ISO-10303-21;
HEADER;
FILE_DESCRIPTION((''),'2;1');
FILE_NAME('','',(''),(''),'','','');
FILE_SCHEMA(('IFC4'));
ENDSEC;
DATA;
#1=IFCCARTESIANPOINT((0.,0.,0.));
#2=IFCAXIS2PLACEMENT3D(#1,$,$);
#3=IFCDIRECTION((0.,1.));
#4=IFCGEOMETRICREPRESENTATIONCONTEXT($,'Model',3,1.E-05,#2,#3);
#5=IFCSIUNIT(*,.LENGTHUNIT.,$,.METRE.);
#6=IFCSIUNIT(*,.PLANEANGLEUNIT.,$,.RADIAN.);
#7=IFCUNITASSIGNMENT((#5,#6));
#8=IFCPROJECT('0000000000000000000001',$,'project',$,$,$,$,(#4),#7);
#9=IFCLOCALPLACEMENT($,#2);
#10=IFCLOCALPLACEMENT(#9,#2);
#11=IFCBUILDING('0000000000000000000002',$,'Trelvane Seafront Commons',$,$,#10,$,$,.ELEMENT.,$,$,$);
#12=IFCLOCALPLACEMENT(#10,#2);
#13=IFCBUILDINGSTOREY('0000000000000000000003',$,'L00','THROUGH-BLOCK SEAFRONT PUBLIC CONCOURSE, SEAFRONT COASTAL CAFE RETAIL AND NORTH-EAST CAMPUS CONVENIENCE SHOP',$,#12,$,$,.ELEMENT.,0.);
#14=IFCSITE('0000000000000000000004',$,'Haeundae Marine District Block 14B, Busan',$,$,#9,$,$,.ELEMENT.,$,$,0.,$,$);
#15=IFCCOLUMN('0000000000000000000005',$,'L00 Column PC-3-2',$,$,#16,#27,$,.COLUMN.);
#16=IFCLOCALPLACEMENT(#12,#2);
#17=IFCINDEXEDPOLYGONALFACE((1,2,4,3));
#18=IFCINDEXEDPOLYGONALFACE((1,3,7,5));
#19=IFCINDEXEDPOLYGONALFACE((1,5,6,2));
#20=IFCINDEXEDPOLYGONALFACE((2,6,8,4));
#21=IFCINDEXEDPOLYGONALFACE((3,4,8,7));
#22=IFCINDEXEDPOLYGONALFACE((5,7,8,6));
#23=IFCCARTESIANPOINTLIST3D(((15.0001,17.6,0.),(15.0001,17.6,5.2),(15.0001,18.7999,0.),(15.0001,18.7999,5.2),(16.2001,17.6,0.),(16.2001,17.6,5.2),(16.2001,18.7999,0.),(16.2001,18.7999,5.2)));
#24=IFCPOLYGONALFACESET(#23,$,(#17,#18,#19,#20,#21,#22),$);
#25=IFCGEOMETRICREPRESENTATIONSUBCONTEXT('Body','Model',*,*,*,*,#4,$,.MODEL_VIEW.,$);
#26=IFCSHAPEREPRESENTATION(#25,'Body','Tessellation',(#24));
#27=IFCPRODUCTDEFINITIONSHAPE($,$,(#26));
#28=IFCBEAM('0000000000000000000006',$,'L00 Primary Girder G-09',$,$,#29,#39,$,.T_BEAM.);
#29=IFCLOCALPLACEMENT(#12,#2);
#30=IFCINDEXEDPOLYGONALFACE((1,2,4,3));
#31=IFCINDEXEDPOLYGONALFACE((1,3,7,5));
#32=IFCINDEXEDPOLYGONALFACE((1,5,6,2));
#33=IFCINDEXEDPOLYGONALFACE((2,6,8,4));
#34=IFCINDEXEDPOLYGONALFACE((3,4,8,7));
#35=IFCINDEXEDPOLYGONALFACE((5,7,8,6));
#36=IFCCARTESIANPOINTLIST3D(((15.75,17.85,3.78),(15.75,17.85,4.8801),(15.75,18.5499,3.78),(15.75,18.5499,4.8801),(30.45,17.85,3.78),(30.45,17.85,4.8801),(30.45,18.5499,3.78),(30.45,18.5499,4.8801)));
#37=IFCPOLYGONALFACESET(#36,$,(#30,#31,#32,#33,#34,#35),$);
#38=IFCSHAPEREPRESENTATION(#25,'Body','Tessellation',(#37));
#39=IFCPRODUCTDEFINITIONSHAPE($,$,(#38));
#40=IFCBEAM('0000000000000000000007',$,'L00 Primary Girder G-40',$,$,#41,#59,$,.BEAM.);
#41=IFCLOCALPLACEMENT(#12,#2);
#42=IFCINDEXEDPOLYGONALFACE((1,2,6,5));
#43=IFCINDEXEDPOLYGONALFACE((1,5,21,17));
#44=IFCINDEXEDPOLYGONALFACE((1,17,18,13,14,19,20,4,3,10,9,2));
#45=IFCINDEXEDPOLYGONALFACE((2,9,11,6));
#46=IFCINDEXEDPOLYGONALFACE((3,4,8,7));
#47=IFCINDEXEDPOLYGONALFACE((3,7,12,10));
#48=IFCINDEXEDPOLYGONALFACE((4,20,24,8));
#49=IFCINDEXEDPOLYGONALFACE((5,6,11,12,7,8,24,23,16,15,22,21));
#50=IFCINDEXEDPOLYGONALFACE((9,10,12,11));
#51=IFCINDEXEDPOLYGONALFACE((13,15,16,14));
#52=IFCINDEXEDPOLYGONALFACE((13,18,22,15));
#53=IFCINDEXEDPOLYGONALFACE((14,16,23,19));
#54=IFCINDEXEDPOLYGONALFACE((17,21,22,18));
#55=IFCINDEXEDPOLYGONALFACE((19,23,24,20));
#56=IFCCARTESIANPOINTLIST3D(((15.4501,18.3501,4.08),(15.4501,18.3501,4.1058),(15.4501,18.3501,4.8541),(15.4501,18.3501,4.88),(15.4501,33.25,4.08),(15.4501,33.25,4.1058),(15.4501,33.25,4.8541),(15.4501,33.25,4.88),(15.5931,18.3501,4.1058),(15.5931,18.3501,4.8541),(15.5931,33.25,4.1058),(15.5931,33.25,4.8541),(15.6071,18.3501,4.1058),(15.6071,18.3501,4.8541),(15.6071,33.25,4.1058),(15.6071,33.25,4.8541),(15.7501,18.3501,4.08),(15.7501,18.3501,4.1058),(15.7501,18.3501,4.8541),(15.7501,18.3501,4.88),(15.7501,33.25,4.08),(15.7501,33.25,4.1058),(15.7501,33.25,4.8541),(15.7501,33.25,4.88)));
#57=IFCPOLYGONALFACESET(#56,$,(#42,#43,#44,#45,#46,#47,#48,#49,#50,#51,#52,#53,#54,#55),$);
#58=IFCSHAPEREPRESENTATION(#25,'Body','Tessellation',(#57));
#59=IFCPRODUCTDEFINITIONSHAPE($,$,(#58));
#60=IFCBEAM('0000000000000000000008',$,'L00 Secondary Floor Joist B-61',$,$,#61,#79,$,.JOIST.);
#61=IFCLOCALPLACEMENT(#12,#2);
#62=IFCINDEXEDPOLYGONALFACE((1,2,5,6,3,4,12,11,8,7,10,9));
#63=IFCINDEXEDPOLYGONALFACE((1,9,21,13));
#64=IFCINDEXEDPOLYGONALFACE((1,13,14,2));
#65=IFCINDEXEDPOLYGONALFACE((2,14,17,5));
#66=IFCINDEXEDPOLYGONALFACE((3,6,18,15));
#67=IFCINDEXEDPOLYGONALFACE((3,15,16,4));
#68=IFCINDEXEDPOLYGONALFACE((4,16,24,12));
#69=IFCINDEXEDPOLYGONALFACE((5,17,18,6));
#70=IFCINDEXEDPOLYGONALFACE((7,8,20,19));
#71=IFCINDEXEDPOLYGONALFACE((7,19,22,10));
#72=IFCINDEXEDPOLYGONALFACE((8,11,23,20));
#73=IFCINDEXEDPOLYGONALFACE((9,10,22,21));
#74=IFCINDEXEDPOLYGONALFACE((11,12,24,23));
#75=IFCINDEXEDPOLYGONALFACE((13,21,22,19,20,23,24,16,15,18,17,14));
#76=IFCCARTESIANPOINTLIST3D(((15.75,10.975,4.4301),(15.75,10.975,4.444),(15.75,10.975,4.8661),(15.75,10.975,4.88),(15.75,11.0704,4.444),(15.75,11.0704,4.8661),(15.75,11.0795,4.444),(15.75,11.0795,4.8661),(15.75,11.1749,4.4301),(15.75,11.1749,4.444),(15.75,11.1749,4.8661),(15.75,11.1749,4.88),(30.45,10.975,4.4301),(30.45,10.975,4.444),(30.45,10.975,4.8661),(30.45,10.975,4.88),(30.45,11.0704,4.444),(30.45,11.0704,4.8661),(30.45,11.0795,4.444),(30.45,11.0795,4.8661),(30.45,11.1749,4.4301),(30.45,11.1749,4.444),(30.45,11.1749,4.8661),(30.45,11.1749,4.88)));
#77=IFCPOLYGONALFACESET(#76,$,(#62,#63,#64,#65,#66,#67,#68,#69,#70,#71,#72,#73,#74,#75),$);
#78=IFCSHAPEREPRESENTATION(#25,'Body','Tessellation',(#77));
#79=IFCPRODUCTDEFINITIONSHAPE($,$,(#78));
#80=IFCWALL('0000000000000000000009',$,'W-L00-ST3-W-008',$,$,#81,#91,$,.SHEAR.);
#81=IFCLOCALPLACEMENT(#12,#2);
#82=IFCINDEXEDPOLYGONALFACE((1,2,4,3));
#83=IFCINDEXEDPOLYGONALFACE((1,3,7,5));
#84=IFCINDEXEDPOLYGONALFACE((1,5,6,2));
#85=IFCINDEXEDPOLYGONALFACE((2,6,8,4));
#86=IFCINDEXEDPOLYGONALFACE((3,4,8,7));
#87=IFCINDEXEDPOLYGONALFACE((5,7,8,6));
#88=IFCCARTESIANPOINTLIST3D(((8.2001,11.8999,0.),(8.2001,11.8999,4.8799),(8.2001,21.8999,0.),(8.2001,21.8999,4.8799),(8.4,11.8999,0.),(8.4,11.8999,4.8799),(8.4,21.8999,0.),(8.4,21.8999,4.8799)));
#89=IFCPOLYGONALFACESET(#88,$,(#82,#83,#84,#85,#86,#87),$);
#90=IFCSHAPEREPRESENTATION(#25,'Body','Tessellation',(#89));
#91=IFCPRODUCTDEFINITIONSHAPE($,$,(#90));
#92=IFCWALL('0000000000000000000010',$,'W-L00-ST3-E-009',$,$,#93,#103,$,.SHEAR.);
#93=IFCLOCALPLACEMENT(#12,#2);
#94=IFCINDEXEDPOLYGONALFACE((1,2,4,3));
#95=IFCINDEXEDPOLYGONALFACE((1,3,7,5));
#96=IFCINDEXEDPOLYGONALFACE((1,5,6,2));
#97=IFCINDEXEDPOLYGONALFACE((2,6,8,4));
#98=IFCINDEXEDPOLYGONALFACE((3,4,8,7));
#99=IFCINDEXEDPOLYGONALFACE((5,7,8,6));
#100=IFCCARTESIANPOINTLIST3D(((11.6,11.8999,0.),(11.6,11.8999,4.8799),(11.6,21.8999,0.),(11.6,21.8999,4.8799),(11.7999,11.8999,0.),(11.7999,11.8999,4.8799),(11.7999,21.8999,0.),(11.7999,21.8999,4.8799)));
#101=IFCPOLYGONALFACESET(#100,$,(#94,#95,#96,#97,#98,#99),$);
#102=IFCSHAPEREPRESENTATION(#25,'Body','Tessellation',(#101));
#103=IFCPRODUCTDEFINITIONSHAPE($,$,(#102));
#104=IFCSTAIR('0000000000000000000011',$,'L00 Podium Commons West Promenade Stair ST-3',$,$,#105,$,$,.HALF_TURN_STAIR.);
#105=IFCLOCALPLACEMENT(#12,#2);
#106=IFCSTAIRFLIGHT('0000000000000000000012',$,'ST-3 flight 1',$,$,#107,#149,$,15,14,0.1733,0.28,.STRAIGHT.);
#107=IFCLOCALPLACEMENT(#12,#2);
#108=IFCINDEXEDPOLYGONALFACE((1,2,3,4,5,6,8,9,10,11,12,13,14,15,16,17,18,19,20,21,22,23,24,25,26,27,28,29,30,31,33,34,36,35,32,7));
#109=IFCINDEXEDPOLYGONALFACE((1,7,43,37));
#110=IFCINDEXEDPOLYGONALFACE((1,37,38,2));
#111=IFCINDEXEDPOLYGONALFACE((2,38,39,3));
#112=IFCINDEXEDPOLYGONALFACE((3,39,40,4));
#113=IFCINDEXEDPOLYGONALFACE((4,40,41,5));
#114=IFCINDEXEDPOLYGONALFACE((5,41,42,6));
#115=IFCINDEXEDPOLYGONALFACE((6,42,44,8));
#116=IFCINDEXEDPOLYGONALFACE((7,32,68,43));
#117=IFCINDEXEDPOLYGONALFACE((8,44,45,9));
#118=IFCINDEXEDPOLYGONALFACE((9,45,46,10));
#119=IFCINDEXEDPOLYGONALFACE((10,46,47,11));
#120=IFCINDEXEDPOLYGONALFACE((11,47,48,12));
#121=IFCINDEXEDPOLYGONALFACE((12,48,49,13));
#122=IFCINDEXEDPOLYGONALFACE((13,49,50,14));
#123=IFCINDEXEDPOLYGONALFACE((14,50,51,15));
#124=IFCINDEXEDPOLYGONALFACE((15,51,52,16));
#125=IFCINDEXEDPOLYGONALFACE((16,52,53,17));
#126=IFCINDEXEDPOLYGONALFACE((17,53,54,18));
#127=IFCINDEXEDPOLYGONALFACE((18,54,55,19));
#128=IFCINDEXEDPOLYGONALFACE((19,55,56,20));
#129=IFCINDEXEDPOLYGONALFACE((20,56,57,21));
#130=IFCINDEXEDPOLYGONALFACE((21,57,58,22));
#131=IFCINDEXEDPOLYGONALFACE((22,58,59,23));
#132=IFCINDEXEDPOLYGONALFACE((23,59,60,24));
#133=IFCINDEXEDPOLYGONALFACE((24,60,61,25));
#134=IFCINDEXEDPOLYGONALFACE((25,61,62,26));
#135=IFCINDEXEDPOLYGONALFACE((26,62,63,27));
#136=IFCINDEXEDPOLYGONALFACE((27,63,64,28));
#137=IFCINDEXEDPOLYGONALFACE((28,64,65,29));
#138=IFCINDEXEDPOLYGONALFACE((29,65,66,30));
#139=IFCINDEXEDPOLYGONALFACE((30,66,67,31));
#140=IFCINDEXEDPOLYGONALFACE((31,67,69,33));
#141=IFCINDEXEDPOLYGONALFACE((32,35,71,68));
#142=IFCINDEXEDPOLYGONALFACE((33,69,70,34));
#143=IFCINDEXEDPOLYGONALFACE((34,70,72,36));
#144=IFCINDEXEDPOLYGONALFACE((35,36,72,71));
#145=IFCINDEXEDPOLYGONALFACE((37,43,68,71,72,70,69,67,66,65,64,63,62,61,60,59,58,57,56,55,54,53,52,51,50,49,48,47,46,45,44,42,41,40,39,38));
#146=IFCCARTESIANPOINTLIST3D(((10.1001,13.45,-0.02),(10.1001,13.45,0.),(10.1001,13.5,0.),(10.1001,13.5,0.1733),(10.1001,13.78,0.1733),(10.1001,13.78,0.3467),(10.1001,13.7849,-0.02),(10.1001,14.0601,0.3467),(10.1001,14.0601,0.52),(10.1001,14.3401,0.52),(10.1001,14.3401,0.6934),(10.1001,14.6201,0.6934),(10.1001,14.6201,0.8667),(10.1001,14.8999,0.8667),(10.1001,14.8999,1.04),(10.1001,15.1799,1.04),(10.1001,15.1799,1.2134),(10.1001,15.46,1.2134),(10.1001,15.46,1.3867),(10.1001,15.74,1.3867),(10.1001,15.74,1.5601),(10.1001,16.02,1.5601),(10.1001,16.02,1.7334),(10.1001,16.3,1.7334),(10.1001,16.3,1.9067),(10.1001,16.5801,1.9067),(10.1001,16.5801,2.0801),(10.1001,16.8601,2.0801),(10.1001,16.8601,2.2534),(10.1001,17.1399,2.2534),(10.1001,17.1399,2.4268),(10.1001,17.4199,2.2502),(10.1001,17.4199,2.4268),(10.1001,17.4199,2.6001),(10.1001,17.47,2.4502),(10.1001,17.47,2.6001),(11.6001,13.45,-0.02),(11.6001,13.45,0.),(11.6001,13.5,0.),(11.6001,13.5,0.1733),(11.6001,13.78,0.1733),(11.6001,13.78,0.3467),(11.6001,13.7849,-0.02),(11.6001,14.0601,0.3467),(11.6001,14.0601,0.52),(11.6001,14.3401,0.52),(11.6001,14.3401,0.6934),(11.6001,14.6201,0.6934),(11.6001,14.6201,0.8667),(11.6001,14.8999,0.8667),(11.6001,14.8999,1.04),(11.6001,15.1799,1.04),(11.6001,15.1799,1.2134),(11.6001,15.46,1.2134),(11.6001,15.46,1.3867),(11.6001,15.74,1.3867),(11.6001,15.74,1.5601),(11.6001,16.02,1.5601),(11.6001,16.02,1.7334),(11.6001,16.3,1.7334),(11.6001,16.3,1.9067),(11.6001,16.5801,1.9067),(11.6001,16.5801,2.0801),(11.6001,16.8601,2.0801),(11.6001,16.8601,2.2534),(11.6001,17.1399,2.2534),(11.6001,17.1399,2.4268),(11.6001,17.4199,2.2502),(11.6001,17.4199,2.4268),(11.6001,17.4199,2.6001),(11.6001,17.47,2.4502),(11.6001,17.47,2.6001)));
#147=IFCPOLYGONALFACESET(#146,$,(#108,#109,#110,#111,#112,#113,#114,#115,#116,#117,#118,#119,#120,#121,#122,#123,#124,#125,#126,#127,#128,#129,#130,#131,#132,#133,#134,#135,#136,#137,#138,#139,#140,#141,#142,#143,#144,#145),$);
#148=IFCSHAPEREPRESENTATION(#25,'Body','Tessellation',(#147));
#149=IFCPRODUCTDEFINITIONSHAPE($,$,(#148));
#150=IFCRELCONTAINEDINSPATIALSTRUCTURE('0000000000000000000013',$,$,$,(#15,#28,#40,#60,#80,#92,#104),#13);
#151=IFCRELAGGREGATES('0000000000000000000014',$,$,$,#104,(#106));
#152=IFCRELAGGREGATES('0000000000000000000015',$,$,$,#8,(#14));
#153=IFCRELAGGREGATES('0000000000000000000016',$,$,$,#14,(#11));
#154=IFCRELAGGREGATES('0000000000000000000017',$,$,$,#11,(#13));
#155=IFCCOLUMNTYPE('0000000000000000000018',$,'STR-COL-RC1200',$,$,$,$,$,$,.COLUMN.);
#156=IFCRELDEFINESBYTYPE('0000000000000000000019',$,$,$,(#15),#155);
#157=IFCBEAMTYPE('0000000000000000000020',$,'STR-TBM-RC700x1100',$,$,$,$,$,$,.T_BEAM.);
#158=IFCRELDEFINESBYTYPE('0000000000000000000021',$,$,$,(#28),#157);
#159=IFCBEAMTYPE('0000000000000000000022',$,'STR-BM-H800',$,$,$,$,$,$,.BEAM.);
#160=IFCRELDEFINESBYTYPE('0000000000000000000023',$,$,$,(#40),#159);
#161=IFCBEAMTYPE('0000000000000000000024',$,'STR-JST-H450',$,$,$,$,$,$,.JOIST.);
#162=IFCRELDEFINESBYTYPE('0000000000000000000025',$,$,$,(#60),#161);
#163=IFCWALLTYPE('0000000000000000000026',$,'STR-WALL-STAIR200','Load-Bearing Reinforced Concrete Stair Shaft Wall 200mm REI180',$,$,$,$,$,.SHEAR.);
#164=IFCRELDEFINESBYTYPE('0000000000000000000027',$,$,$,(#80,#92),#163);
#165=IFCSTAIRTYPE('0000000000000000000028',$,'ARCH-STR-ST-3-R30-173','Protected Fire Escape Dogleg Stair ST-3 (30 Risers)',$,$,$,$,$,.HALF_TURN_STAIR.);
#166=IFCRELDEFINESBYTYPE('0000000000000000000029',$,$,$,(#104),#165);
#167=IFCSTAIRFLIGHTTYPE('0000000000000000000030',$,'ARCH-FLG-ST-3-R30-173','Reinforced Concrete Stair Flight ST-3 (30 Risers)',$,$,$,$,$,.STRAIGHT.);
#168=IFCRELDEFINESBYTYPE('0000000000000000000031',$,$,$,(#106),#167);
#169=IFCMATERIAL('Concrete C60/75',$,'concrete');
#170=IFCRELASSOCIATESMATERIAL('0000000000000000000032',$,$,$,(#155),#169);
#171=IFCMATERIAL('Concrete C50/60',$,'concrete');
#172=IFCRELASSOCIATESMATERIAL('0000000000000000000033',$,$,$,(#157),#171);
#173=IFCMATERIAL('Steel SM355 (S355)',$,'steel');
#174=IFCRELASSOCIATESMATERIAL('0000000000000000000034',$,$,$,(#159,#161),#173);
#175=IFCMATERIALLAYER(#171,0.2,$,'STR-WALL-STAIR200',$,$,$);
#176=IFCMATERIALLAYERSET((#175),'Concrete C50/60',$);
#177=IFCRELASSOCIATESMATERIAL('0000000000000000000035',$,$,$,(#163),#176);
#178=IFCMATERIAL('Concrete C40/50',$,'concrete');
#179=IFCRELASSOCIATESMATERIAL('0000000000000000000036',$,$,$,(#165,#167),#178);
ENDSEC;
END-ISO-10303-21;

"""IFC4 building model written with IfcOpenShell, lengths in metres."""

from ifc_helpers import new_model, si_unit, direction, frame, frame_2d, origin, origin_2d, place, context, subcontext, project, spatial, polyline, rectangle, i_section, outline, extrude, source, transform, mapped, material, layer, layer_set, material_profile, profile_set, type_object, element, aggregate, save


model = new_model("IFC4")

# Units and contexts
model_context = context("Model", 3, precision=1e-05, world=origin(), true_north=direction((0.0, 1.0)))
body_context = subcontext(model_context, "Body", "Model", "MODEL_VIEW")
ifc_project = project(units=[si_unit("LENGTHUNIT", "METRE"), si_unit("PLANEANGLEUNIT", "RADIAN")], contexts=[model_context])

# Site, building, storey
site_placement = place(None, origin())
site = spatial("IfcSite", under=ifc_project, at=site_placement, Name="Haeundae Marine District Block 14B, Busan", CompositionType="ELEMENT", RefElevation=0.0)
building_placement = place(site_placement, origin())
building = spatial("IfcBuilding", under=site, at=building_placement, Name="Trelvane Seafront Commons", CompositionType="ELEMENT")
storey_placement = place(building_placement, origin())
storey = spatial("IfcBuildingStorey", under=building, at=storey_placement, Name="L00", Description="THROUGH-BLOCK SEAFRONT PUBLIC CONCOURSE, SEAFRONT COASTAL CAFE RETAIL AND NORTH-EAST CAMPUS CONVENIENCE SHOP", CompositionType="ELEMENT", Elevation=0.0)

# Column
ifc_material_1 = material(Name="Concrete C60/75", Category="concrete")
ifc_material_profile_1 = material_profile(ifc_material_1, rectangle(XDim=1.2, YDim=1.2, at=origin_2d()), Name="RC-1200x1200")
ifc_profile_set_1 = profile_set([ifc_material_profile_1], Name="Concrete C60/75")
column_type = type_object("IfcColumnType", Name="STR-COL-RC1200", PredefinedType="COLUMN", material=ifc_profile_set_1)
shared_shape_1 = source(origin(), body_context, "Body", "SweptSolid", [
    extrude(rectangle(XDim=1.2, YDim=1.2, at=origin_2d()), origin(), (0.0, 0.0, 1.0), 5.2),
])
column_placement = place(storey_placement, frame((15.6001, 18.2, 0.0), z_axis=(0.0, 0.0, 1.0), x_axis=(1.0, 0.0, 0.0)))
element("IfcColumn", 1, at=column_placement, inside=storey, type_object=column_type, Name="L00 Column PC-3-2", PredefinedType="COLUMN", context=body_context, shape_type="MappedRepresentation", body=[
    mapped(shared_shape_1, transform((0.0, 0.0, 0.0), x_axis=(1.0, 0.0, 0.0), y_axis=(0.0, 1.0, 0.0), z_axis=(0.0, 0.0, 1.0), scale=1.0)),
])

# Beams
ifc_material_2 = material(Name="Concrete C50/60", Category="concrete")
ifc_material_profile_2 = material_profile(ifc_material_2, rectangle(XDim=0.7, YDim=1.1001, at=origin_2d()), Name="RC-700x1100")
ifc_profile_set_2 = profile_set([ifc_material_profile_2], Name="Concrete C50/60")
beam_type_1 = type_object("IfcBeamType", Name="STR-TBM-RC700x1100", PredefinedType="T_BEAM", material=ifc_profile_set_2)
shared_shape_2 = source(origin(), body_context, "Body", "SweptSolid", [
    extrude(rectangle(XDim=0.7, YDim=1.1001, at=origin_2d()), origin(), (0.0, 0.0, 1.0), 14.7),
])
beam_1_placement = place(storey_placement, frame((15.75, 18.2, 4.3301), z_axis=(1.0, 0.0, 0.0), x_axis=(0.0, 1.0, 0.0)))
element("IfcBeam", 2, at=beam_1_placement, inside=storey, type_object=beam_type_1, Name="L00 Primary Girder G-09", PredefinedType="T_BEAM", context=body_context, shape_type="MappedRepresentation", body=[
    mapped(shared_shape_2, transform((0.0, 0.0, 0.0), x_axis=(1.0, 0.0, 0.0), y_axis=(0.0, 1.0, 0.0), z_axis=(0.0, 0.0, 1.0), scale=1.0)),
])
ifc_material_3 = material(Name="Steel SM355 (S355)", Category="steel")
ifc_material_profile_3 = material_profile(ifc_material_3, i_section(OverallWidth=0.3, OverallDepth=0.8, WebThickness=0.0139, FlangeThickness=0.0259, at=origin_2d()), Name="H-800x300x14x26")
ifc_profile_set_3 = profile_set([ifc_material_profile_3], Name="Steel SM355 (S355)")
beam_type_2 = type_object("IfcBeamType", Name="STR-BM-H800", PredefinedType="BEAM", material=ifc_profile_set_3)
shared_shape_3 = source(origin(), body_context, "Body", "SweptSolid", [
    extrude(i_section(OverallWidth=0.3, OverallDepth=0.8, WebThickness=0.0139, FlangeThickness=0.0259, at=origin_2d()), origin(), (0.0, 0.0, 1.0), 14.8999),
])
beam_2_placement = place(storey_placement, frame((15.6001, 18.3501, 4.48), z_axis=(0.0, 1.0, 0.0), x_axis=(-1.0, 0.0, 0.0)))
element("IfcBeam", 3, at=beam_2_placement, inside=storey, type_object=beam_type_2, Name="L00 Primary Girder G-40", PredefinedType="BEAM", context=body_context, shape_type="MappedRepresentation", body=[
    mapped(shared_shape_3, transform((0.0, 0.0, 0.0), x_axis=(1.0, 0.0, 0.0), y_axis=(0.0, 1.0, 0.0), z_axis=(0.0, 0.0, 1.0), scale=1.0)),
])
ifc_material_profile_4 = material_profile(ifc_material_3, i_section(OverallWidth=0.2, OverallDepth=0.45, WebThickness=0.009, FlangeThickness=0.0139, at=origin_2d()), Name="H-450x200x9x14")
ifc_profile_set_4 = profile_set([ifc_material_profile_4], Name="Steel SM355 (S355)")
beam_type_3 = type_object("IfcBeamType", Name="STR-JST-H450", PredefinedType="JOIST", material=ifc_profile_set_4)
shared_shape_4 = source(origin(), body_context, "Body", "SweptSolid", [
    extrude(i_section(OverallWidth=0.2, OverallDepth=0.45, WebThickness=0.009, FlangeThickness=0.0139, at=origin_2d()), origin(), (0.0, 0.0, 1.0), 14.7),
])
beam_3_placement = place(storey_placement, frame((15.75, 11.075, 4.655), z_axis=(1.0, 0.0, 0.0), x_axis=(0.0, 1.0, 0.0)))
element("IfcBeam", 4, at=beam_3_placement, inside=storey, type_object=beam_type_3, Name="L00 Secondary Floor Joist B-61", PredefinedType="JOIST", context=body_context, shape_type="MappedRepresentation", body=[
    mapped(shared_shape_4, transform((0.0, 0.0, 0.0), x_axis=(1.0, 0.0, 0.0), y_axis=(0.0, 1.0, 0.0), z_axis=(0.0, 0.0, 1.0), scale=1.0)),
])

# Walls
ifc_layer = layer(ifc_material_2, 0.2, Name="STR-WALL-STAIR200")
ifc_layer_set = layer_set([ifc_layer], Name="Concrete C50/60")
wall_type = type_object("IfcWallType", Name="STR-WALL-STAIR200", Description="Load-Bearing Reinforced Concrete Stair Shaft Wall 200mm REI180", PredefinedType="SHEAR", material=ifc_layer_set)
for number, where, z_axis, x_axis, name in (
    (5, (8.3, 11.8999, 0.0), (0.0, 0.0, 1.0), (0.0, 1.0, 0.0), "W-L00-ST3-W-008"),
    (6, (11.7, 11.8999, 0.0), (0.0, 0.0, 1.0), (0.0, 1.0, 0.0), "W-L00-ST3-E-009"),
):
    element("IfcWall", number, at=place(storey_placement, frame(where, z_axis=z_axis, x_axis=x_axis)), inside=storey, type_object=wall_type, Name=name, PredefinedType="SHEAR", context=body_context, shape_type="SweptSolid", body=[
        extrude(rectangle(XDim=10.0, YDim=0.2, at=frame_2d((5.0, 0.0))), origin(), (0.0, 0.0, 1.0), 4.8799),
    ])

# Stair, stair flight
ifc_material_4 = material(Name="Concrete C40/50", Category="concrete")
stair_type = type_object("IfcStairType", Name="ARCH-STR-ST-3-R30-173", Description="Protected Fire Escape Dogleg Stair ST-3 (30 Risers)", PredefinedType="HALF_TURN_STAIR", material=ifc_material_4)
stair_placement = place(storey_placement, origin())
stair = element("IfcStair", 7, at=stair_placement, inside=storey, type_object=stair_type, Name="L00 Podium Commons West Promenade Stair ST-3", PredefinedType="HALF_TURN_STAIR")
stair_flight_type = type_object("IfcStairFlightType", Name="ARCH-FLG-ST-3-R30-173", Description="Reinforced Concrete Stair Flight ST-3 (30 Risers)", PredefinedType="STRAIGHT", material=ifc_material_4)
shared_shape_5 = source(origin(), body_context, "Body", "SweptSolid", [
    extrude(outline(polyline([(-0.05, -0.02), (-0.05, 0.0), (0.0, 0.0), (0.0, 0.1733), (0.28, 0.1733), (0.28, 0.3467), (0.5601, 0.3467), (0.5601, 0.52), (0.8401, 0.52), (0.8401, 0.6934), (1.1201, 0.6934), (1.1201, 0.8667), (1.3999, 0.8667), (1.3999, 1.04), (1.6799, 1.04), (1.6799, 1.2134), (1.96, 1.2134), (1.96, 1.3867), (2.24, 1.3867), (2.24, 1.5601), (2.52, 1.5601), (2.52, 1.7334), (2.8, 1.7334), (2.8, 1.9067), (3.0801, 1.9067), (3.0801, 2.0801), (3.3601, 2.0801), (3.3601, 2.2534), (3.6399, 2.2534), (3.6399, 2.4268), (3.9199, 2.4268), (3.9199, 2.6001), (3.97, 2.6001), (3.97, 2.4502), (3.9199, 2.2502), (0.2849, -0.02), (-0.05, -0.02)])), frame((0.0, 0.75, 0.0), z_axis=(0.0, -1.0, 0.0), x_axis=(1.0, 0.0, 0.0)), (0.0, 0.0, 1.0), 1.5),
])
stair_flight_1_placement = place(storey_placement, frame((10.8501, 13.5, 0.0), z_axis=(0.0, 0.0, 1.0), x_axis=(0.0, 1.0, 0.0)))
stair_flight_1 = element("IfcStairFlight", 8, at=stair_flight_1_placement, type_object=stair_flight_type, Name="ST-3 flight 1", NumberOfRisers=15, NumberOfTreads=14, PredefinedType="STRAIGHT", RiserHeight=0.1733, TreadLength=0.28, context=body_context, shape_type="MappedRepresentation", body=[
    mapped(shared_shape_5, transform((0.0, 0.0, 0.0), x_axis=(1.0, 0.0, 0.0), y_axis=(0.0, 1.0, 0.0), z_axis=(0.0, 0.0, 1.0), scale=1.0)),
])
aggregate(stair, [stair_flight_1])

save(model, "model.ifc")
